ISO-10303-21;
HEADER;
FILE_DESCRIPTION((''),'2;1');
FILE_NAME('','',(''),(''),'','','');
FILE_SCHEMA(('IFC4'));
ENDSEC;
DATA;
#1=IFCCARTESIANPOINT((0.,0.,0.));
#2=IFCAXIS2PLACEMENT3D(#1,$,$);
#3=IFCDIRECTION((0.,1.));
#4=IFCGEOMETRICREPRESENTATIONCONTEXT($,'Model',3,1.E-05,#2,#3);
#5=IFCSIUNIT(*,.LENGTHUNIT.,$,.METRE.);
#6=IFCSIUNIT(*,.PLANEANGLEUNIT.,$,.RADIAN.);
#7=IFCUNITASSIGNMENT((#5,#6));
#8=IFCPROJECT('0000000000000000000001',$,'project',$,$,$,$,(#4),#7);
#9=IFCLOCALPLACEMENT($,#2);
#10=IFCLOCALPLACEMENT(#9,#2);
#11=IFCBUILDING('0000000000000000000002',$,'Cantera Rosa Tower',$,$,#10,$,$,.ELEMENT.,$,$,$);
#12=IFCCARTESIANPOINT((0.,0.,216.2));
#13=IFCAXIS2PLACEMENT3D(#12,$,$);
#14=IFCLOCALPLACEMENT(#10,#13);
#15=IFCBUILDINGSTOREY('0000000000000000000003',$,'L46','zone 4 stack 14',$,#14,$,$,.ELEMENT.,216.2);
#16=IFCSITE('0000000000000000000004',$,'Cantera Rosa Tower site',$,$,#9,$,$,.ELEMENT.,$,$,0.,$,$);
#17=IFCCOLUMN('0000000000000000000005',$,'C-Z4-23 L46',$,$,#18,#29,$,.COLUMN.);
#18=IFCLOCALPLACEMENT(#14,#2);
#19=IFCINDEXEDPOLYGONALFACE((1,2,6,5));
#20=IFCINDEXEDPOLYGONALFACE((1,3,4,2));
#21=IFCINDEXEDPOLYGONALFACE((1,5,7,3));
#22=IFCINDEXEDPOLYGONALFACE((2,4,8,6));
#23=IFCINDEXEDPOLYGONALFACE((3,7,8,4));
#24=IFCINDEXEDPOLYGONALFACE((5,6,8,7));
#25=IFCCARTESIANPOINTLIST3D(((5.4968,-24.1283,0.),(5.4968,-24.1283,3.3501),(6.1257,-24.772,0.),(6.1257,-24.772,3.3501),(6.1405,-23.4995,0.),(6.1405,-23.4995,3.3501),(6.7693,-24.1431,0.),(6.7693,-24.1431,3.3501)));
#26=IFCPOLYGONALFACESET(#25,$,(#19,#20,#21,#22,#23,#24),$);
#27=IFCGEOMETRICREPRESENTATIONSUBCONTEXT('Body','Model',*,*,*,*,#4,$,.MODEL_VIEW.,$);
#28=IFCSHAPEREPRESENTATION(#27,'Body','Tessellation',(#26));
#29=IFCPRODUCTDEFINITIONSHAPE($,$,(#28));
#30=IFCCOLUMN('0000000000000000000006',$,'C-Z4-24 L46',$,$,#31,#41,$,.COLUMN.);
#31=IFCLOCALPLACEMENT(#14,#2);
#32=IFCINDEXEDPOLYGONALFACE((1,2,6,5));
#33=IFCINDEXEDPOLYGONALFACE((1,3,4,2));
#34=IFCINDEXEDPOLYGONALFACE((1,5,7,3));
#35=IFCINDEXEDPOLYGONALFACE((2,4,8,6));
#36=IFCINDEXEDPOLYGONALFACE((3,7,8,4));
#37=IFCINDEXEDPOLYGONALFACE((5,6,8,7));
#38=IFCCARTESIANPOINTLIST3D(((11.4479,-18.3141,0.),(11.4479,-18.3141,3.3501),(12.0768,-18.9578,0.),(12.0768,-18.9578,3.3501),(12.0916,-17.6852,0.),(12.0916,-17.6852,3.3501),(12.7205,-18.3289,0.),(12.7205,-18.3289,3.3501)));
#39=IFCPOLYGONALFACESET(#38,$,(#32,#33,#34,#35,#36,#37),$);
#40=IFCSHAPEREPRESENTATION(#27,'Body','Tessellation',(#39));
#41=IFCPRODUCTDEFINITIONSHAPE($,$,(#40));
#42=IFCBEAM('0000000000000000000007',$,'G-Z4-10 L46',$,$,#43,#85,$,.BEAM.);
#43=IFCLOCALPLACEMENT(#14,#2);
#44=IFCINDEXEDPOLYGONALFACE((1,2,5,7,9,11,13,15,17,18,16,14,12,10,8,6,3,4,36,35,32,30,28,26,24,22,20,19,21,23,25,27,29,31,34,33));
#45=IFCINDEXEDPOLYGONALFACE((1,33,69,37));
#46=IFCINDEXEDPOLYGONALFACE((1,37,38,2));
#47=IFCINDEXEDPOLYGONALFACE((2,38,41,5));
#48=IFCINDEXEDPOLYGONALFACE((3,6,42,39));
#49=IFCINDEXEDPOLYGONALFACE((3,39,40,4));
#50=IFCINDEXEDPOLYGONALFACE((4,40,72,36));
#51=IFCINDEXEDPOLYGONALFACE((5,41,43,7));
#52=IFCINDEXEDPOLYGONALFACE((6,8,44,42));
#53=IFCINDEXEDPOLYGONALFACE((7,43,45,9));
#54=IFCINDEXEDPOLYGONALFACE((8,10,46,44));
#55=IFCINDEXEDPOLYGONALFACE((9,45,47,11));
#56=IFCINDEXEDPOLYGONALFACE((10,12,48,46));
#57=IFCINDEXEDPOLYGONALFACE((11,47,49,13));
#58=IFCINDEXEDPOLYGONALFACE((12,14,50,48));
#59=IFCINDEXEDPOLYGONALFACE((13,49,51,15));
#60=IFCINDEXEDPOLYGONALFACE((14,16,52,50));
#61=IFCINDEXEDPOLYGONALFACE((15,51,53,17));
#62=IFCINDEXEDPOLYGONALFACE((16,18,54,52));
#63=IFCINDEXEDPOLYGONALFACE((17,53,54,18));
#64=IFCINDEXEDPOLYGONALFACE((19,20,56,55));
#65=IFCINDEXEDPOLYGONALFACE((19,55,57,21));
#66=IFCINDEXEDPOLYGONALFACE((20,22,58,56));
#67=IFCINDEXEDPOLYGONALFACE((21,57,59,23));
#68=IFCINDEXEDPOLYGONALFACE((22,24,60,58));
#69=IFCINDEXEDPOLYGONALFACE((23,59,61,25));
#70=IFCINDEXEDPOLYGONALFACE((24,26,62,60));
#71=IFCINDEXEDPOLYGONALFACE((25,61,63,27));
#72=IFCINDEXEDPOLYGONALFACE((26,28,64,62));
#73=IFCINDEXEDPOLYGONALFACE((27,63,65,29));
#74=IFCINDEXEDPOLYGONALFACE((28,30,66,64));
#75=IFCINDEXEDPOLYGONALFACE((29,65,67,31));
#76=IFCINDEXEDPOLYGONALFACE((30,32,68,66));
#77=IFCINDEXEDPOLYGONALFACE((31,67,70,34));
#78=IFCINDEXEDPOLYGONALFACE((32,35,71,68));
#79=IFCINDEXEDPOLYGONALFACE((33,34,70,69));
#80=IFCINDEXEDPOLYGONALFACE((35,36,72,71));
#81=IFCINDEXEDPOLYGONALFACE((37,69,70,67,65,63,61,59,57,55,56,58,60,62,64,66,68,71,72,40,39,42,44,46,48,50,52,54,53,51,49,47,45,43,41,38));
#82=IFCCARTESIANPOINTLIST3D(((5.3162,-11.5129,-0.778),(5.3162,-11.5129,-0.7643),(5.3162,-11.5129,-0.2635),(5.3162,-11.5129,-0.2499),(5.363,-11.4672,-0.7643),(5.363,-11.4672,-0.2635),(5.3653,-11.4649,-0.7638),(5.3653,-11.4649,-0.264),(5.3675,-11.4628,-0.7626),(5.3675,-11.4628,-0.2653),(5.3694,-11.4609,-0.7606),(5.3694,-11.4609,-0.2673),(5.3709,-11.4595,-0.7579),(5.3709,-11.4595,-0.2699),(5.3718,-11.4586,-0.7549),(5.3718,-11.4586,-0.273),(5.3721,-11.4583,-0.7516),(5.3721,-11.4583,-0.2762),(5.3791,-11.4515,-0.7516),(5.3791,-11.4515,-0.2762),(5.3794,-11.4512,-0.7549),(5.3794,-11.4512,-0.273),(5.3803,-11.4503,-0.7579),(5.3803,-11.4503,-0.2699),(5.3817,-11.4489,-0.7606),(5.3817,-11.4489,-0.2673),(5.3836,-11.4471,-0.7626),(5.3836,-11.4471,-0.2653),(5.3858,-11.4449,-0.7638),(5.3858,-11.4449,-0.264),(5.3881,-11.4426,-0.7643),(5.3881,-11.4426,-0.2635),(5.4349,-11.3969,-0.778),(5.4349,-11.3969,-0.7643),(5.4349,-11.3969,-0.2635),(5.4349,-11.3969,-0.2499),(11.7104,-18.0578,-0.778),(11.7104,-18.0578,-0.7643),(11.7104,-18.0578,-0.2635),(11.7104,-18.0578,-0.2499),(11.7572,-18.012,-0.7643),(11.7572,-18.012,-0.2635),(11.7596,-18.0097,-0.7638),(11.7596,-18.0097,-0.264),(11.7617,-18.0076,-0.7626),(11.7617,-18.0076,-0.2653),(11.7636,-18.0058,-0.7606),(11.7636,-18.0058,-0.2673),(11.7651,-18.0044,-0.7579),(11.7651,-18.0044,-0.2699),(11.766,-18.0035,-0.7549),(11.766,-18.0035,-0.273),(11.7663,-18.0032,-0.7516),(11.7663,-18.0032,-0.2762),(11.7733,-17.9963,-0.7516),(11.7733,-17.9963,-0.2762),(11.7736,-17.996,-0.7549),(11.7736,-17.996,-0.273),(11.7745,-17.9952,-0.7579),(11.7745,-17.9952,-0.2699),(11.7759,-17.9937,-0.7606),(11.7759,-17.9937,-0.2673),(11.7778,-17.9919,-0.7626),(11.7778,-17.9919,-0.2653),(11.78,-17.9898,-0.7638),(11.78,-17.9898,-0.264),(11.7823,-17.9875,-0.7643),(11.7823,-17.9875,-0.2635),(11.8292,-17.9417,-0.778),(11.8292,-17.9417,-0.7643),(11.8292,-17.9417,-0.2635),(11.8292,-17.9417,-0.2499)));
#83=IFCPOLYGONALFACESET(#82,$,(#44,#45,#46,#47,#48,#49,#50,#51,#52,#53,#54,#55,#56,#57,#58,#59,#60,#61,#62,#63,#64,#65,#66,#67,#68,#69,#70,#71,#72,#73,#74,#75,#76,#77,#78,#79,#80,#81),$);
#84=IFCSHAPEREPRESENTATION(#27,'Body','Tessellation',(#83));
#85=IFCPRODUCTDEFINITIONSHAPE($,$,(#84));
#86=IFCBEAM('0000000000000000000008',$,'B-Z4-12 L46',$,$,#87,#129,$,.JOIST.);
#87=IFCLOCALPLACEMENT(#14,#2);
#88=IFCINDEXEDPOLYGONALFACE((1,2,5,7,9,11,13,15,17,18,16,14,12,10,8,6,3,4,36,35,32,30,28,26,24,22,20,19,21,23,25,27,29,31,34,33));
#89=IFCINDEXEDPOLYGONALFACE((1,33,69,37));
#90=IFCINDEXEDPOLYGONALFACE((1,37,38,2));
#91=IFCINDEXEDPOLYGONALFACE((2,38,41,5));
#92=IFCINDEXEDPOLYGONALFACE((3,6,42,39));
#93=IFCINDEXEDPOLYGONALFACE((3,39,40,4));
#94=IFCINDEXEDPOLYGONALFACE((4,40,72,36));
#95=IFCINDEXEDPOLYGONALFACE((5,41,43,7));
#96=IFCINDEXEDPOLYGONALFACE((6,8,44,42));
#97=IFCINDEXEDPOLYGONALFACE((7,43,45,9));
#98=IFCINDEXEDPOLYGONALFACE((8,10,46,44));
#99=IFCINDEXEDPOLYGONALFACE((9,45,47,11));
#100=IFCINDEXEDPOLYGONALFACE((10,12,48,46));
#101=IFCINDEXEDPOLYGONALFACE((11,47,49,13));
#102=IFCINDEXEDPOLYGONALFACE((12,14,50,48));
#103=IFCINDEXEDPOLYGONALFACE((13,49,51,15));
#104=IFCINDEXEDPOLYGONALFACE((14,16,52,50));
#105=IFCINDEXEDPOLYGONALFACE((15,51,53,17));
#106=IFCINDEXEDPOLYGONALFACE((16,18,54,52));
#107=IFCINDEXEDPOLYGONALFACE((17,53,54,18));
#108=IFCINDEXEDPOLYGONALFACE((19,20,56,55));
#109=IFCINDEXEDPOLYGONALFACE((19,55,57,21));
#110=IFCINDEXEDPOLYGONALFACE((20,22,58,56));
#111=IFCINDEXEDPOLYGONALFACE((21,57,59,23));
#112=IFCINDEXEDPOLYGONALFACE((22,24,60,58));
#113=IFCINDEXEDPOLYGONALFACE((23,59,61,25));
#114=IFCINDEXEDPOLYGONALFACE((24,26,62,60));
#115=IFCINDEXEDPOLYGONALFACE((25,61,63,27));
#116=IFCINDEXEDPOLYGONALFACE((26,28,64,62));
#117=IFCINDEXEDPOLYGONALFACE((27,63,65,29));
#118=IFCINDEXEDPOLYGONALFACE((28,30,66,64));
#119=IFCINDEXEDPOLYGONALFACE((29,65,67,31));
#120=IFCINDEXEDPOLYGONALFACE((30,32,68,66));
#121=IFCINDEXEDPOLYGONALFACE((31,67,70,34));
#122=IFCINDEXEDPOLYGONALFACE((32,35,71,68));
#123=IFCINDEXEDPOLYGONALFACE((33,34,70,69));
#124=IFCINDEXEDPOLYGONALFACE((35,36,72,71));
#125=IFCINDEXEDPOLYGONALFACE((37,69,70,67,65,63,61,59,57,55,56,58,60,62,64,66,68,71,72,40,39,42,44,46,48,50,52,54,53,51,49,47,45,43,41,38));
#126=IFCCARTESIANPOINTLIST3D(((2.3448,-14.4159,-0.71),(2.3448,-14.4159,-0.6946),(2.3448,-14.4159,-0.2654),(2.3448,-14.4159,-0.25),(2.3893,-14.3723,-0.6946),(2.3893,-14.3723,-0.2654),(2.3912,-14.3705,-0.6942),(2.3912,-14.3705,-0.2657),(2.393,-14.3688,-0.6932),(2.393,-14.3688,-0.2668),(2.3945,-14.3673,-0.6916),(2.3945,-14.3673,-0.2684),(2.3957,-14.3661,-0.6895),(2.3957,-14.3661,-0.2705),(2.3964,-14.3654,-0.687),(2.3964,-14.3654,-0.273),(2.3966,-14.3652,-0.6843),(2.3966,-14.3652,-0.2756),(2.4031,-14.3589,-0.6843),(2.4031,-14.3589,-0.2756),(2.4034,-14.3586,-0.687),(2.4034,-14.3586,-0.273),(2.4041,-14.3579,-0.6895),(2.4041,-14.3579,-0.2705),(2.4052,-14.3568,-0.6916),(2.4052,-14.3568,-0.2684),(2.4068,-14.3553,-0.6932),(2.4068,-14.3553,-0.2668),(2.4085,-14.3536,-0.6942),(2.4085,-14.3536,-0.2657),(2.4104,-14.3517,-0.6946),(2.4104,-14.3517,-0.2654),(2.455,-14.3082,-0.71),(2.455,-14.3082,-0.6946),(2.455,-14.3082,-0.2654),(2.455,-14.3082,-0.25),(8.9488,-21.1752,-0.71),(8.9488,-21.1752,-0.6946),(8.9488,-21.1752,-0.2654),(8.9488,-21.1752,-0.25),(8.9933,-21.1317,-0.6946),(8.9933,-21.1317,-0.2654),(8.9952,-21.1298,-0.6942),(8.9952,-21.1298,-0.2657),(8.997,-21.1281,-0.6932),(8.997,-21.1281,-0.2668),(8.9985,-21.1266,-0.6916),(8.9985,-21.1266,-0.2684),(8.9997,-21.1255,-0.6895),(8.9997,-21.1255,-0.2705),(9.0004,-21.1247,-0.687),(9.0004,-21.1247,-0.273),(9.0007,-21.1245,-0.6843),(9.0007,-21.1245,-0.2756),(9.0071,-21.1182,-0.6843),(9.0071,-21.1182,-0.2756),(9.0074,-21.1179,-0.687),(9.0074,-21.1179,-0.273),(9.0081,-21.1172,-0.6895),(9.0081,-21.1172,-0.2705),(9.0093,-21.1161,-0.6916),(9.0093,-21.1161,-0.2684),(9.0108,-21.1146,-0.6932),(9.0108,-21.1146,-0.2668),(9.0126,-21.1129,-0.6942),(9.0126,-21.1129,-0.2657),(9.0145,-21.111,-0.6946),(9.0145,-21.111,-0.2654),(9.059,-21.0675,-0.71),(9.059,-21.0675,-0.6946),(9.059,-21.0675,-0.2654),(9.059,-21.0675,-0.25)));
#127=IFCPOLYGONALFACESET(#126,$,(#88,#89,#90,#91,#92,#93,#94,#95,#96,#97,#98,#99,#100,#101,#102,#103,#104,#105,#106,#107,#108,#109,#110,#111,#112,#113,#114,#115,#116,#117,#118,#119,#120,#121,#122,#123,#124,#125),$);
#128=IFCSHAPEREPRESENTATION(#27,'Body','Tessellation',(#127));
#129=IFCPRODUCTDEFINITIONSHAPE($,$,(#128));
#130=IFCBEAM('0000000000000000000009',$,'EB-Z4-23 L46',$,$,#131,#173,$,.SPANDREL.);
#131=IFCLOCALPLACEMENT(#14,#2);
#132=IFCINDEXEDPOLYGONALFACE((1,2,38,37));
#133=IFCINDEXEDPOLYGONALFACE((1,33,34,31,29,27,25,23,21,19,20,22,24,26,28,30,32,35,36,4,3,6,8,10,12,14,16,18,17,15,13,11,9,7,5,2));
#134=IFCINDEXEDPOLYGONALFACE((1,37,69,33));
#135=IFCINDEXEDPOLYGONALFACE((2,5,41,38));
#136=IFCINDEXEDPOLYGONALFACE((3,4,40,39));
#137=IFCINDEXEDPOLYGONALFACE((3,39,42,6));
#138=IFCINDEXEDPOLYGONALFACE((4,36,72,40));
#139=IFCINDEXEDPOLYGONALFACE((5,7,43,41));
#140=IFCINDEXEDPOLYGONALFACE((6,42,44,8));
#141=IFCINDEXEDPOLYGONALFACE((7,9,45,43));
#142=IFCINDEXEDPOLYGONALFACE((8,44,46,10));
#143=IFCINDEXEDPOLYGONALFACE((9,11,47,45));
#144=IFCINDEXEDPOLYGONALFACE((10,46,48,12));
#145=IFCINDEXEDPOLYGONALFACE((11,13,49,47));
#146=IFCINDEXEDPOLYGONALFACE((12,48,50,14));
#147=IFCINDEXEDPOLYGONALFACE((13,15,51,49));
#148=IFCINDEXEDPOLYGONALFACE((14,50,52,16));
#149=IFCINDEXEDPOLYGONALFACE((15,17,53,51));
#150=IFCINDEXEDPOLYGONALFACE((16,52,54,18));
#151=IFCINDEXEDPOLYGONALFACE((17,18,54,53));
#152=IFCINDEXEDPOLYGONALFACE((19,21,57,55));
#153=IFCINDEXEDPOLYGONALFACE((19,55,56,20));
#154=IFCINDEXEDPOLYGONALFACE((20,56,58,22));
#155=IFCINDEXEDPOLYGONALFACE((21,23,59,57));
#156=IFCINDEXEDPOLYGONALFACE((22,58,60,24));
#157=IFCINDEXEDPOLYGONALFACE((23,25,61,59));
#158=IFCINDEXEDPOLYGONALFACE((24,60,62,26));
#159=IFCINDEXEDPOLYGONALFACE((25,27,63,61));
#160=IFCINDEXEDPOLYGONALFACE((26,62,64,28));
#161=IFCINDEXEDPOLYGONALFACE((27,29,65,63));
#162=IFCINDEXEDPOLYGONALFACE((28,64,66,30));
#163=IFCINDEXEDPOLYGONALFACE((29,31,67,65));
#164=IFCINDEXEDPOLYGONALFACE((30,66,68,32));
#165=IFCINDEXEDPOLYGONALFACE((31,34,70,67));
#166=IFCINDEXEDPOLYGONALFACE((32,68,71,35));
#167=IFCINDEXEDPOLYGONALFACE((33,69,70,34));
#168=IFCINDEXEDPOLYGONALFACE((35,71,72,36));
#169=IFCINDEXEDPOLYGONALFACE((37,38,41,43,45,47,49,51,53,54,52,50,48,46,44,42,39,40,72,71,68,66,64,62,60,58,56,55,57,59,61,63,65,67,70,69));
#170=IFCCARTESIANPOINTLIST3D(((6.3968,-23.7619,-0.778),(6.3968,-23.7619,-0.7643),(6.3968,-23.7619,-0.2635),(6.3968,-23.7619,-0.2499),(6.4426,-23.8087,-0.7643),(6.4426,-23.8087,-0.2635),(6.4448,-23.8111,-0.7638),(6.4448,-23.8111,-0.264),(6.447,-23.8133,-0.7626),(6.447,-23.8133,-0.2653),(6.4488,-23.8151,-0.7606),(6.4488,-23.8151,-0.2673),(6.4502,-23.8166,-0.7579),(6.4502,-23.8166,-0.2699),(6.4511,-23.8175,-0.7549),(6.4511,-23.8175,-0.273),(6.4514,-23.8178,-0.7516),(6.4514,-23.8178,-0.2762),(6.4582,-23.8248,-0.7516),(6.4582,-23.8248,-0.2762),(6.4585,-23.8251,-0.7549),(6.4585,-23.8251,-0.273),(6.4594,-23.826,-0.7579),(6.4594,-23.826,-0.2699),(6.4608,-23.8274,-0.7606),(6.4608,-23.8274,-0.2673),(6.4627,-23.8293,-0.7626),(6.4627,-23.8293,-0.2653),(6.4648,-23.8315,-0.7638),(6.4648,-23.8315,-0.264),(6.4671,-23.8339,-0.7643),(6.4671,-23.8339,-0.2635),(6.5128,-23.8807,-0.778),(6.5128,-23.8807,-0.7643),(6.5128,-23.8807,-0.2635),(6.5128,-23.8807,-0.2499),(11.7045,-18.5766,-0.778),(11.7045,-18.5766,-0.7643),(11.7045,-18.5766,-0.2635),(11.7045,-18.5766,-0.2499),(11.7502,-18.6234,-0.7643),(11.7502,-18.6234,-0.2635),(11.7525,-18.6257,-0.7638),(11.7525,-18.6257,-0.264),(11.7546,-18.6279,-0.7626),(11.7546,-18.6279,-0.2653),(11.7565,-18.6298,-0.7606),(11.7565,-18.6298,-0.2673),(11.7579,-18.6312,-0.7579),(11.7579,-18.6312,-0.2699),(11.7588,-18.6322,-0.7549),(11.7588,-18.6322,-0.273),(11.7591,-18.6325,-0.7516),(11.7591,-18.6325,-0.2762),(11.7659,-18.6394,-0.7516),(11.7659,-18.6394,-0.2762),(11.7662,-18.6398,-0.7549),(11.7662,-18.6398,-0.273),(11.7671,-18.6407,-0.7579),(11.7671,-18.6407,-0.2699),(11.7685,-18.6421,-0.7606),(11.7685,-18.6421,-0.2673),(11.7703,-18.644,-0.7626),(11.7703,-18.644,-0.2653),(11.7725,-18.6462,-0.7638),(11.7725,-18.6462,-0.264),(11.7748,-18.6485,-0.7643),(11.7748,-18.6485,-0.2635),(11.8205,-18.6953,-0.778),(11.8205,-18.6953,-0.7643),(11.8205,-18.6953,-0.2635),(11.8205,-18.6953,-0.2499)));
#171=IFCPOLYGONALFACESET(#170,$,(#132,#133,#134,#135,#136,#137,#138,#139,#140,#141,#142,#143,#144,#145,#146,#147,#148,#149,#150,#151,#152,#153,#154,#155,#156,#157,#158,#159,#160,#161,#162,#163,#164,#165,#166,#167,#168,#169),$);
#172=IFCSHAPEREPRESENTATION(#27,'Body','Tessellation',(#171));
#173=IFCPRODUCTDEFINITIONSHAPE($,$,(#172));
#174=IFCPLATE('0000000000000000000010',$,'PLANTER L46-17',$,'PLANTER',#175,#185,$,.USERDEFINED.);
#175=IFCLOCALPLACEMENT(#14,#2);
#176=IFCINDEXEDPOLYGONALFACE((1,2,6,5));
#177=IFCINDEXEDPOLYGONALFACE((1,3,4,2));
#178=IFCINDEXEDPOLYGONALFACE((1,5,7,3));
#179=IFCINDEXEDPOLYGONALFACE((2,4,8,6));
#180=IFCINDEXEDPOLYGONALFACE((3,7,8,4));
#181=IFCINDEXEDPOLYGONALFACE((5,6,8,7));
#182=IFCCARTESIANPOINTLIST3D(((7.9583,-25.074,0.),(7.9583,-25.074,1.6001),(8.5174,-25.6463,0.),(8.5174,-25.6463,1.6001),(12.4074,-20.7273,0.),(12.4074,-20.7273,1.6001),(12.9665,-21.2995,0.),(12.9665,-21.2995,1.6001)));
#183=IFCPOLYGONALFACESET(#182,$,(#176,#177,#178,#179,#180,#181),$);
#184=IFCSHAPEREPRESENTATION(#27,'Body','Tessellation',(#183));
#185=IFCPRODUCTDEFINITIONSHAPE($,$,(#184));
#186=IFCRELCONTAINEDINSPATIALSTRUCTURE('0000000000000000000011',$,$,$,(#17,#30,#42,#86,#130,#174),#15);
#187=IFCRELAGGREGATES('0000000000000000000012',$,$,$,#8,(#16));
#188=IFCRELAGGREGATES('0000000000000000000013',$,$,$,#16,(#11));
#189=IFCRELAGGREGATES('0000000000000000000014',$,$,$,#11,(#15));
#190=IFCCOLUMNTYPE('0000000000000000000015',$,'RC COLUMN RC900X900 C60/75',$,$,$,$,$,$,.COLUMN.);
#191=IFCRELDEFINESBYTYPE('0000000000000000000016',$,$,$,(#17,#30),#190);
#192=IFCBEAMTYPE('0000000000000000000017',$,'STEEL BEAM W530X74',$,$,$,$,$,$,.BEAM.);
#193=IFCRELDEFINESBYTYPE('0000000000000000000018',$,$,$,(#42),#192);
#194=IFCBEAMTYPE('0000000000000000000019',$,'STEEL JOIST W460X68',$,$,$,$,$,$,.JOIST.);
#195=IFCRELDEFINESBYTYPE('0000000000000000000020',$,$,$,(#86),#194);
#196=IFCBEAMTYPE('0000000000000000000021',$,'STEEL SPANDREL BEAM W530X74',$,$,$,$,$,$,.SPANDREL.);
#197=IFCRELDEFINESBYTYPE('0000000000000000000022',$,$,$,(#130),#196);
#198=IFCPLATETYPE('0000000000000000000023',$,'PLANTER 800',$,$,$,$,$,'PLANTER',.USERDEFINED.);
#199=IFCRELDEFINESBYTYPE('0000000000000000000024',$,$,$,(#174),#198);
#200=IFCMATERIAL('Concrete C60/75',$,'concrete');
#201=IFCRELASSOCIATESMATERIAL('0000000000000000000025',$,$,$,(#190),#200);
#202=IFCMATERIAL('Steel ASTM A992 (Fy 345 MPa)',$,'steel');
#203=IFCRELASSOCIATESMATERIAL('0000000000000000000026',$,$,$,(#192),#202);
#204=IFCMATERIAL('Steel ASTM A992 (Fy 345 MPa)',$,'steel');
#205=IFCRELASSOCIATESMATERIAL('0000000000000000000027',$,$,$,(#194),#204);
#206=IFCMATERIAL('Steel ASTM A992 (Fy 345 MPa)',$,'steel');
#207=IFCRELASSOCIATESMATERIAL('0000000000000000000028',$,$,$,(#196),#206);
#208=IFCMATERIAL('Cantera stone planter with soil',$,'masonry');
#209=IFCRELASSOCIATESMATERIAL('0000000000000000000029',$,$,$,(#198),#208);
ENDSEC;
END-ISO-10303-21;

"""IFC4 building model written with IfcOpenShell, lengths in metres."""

from ifc_helpers import new_model, si_unit, direction, frame, origin, origin_2d, place, context, subcontext, project, spatial, rectangle, i_section, extrude, material, material_profile, profile_set, type_object, element, save


model = new_model("IFC4")

# Units and contexts
model_context = context("Model", 3, precision=1e-05, world=origin(), true_north=direction((0.0, 1.0)))
body_context = subcontext(model_context, "Body", "Model", "MODEL_VIEW")
ifc_project = project(units=[si_unit("LENGTHUNIT", "METRE"), si_unit("PLANEANGLEUNIT", "RADIAN")], contexts=[model_context])

# Site, building, storey
site_placement = place(None, origin())
site = spatial("IfcSite", under=ifc_project, at=site_placement, Name="Cantera Rosa Tower site", CompositionType="ELEMENT", RefElevation=0.0)
building_placement = place(site_placement, origin())
building = spatial("IfcBuilding", under=site, at=building_placement, Name="Cantera Rosa Tower", CompositionType="ELEMENT")
storey_placement = place(building_placement, frame((0.0, 0.0, 216.2)))
storey = spatial("IfcBuildingStorey", under=building, at=storey_placement, Name="L46", Description="zone 4 stack 14", CompositionType="ELEMENT", Elevation=216.2)

# Columns
ifc_material_1 = material(Name="Concrete C60/75", Category="concrete")
ifc_material_profile_1 = material_profile(ifc_material_1, rectangle(XDim=0.8999, YDim=0.8999, at=origin_2d()), Name="RC COLUMN RC900X900 C60/75")
ifc_profile_set_1 = profile_set([ifc_material_profile_1], Name="Concrete C60/75")
column_type = type_object("IfcColumnType", Name="RC COLUMN RC900X900 C60/75", PredefinedType="COLUMN", material=ifc_profile_set_1)
for number, where, z_axis, x_axis, name in (
    (1, (6.1331, -24.1357, 0.0), (0.0, 0.0, 1.0), (0.715286, 0.698832, 0.0), "C-Z4-23 L46"),
    (2, (12.0842, -18.3215, 0.0), (0.0, 0.0, 1.0), (0.715286, 0.698832, 0.0), "C-Z4-24 L46"),
):
    element("IfcColumn", number, at=place(storey_placement, frame(where, z_axis=z_axis, x_axis=x_axis)), inside=storey, type_object=column_type, Name=name, PredefinedType="COLUMN", context=body_context, shape_type="SweptSolid", body=[
        extrude(rectangle(XDim=0.8999, YDim=0.8999, at=origin_2d()), origin(), (0.0, 0.0, 1.0), 3.3501),
    ])

# Beams
ifc_material_2 = material(Name="Steel ASTM A992 (Fy 345 MPa)", Category="steel")
ifc_material_profile_2 = material_profile(ifc_material_2, i_section(OverallWidth=0.166, OverallDepth=0.5281, WebThickness=0.0098, FlangeThickness=0.0137, FilletRadius=0.0127, at=origin_2d()), Name="W530X74")
ifc_profile_set_2 = profile_set([ifc_material_profile_2], Name="Steel ASTM A992 (Fy 345 MPa)")
beam_type_1 = type_object("IfcBeamType", Name="STEEL BEAM W530X74", PredefinedType="BEAM", material=ifc_profile_set_2)
beam_1_placement = place(storey_placement, frame((11.7698, -17.9998, -0.5139), z_axis=(-0.698827, 0.71529, 0.0), x_axis=(-0.71529, -0.698827, 0.0)))
element("IfcBeam", 3, at=beam_1_placement, inside=storey, type_object=beam_type_1, Name="G-Z4-10 L46", PredefinedType="BEAM", context=body_context, shape_type="SweptSolid", body=[
    extrude(i_section(OverallWidth=0.166, OverallDepth=0.5281, WebThickness=0.0098, FlangeThickness=0.0137, FilletRadius=0.0127, at=origin_2d()), origin(), (0.0, 0.0, 1.0), 9.1499),
])
ifc_material_3 = material(Name="Steel ASTM A992 (Fy 345 MPa)", Category="steel")
ifc_material_profile_3 = material_profile(ifc_material_3, i_section(OverallWidth=0.1541, OverallDepth=0.46, WebThickness=0.009, FlangeThickness=0.0154, FilletRadius=0.0103, at=origin_2d()), Name="W460X68")
ifc_profile_set_3 = profile_set([ifc_material_profile_3], Name="Steel ASTM A992 (Fy 345 MPa)")
beam_type_2 = type_object("IfcBeamType", Name="STEEL JOIST W460X68", PredefinedType="JOIST", material=ifc_profile_set_3)
beam_2_placement = place(storey_placement, frame((9.0039, -21.1213, -0.48), z_axis=(-0.698843, 0.715275, 0.0), x_axis=(-0.715275, -0.698843, 0.0)))
element("IfcBeam", 4, at=beam_2_placement, inside=storey, type_object=beam_type_2, Name="B-Z4-12 L46", PredefinedType="JOIST", context=body_context, shape_type="SweptSolid", body=[
    extrude(i_section(OverallWidth=0.1541, OverallDepth=0.46, WebThickness=0.009, FlangeThickness=0.0154, FilletRadius=0.0103, at=origin_2d()), origin(), (0.0, 0.0, 1.0), 9.45),
])
ifc_material_4 = material(Name="Steel ASTM A992 (Fy 345 MPa)", Category="steel")
ifc_material_profile_4 = material_profile(ifc_material_4, i_section(OverallWidth=0.166, OverallDepth=0.5281, WebThickness=0.0098, FlangeThickness=0.0137, FilletRadius=0.0127, at=origin_2d()), Name="W530X74")
ifc_profile_set_4 = profile_set([ifc_material_profile_4], Name="Steel ASTM A992 (Fy 345 MPa)")
beam_type_3 = type_object("IfcBeamType", Name="STEEL SPANDREL BEAM W530X74", PredefinedType="SPANDREL", material=ifc_profile_set_4)
beam_3_placement = place(storey_placement, frame((6.4548, -23.8213, -0.5139), z_axis=(0.715301, 0.698817, 0.0), x_axis=(-0.698817, 0.715301, 0.0)))
element("IfcBeam", 5, at=beam_3_placement, inside=storey, type_object=beam_type_3, Name="EB-Z4-23 L46", PredefinedType="SPANDREL", context=body_context, shape_type="SweptSolid", body=[
    extrude(i_section(OverallWidth=0.166, OverallDepth=0.5281, WebThickness=0.0098, FlangeThickness=0.0137, FilletRadius=0.0127, at=origin_2d()), origin(), (0.0, 0.0, 1.0), 7.4202),
])

# Plate
ifc_material_5 = material(Name="Cantera stone planter with soil", Category="masonry")
plate_type = type_object("IfcPlateType", Name="PLANTER 800", ElementType="PLANTER", PredefinedType="USERDEFINED", material=ifc_material_5)
plate_placement = place(storey_placement, frame((10.4624, -23.1868, 0.0), z_axis=(0.0, 0.0, 1.0), x_axis=(0.715286, 0.698832, 0.0)))
element("IfcPlate", 6, at=plate_placement, inside=storey, type_object=plate_type, Name="PLANTER L46-17", ObjectType="PLANTER", PredefinedType="USERDEFINED", context=body_context, shape_type="SweptSolid", body=[
    extrude(rectangle(XDim=6.22, YDim=0.8, at=origin_2d()), origin(), (0.0, 0.0, 1.0), 1.6001),
])

save(model, "model.ifc")
